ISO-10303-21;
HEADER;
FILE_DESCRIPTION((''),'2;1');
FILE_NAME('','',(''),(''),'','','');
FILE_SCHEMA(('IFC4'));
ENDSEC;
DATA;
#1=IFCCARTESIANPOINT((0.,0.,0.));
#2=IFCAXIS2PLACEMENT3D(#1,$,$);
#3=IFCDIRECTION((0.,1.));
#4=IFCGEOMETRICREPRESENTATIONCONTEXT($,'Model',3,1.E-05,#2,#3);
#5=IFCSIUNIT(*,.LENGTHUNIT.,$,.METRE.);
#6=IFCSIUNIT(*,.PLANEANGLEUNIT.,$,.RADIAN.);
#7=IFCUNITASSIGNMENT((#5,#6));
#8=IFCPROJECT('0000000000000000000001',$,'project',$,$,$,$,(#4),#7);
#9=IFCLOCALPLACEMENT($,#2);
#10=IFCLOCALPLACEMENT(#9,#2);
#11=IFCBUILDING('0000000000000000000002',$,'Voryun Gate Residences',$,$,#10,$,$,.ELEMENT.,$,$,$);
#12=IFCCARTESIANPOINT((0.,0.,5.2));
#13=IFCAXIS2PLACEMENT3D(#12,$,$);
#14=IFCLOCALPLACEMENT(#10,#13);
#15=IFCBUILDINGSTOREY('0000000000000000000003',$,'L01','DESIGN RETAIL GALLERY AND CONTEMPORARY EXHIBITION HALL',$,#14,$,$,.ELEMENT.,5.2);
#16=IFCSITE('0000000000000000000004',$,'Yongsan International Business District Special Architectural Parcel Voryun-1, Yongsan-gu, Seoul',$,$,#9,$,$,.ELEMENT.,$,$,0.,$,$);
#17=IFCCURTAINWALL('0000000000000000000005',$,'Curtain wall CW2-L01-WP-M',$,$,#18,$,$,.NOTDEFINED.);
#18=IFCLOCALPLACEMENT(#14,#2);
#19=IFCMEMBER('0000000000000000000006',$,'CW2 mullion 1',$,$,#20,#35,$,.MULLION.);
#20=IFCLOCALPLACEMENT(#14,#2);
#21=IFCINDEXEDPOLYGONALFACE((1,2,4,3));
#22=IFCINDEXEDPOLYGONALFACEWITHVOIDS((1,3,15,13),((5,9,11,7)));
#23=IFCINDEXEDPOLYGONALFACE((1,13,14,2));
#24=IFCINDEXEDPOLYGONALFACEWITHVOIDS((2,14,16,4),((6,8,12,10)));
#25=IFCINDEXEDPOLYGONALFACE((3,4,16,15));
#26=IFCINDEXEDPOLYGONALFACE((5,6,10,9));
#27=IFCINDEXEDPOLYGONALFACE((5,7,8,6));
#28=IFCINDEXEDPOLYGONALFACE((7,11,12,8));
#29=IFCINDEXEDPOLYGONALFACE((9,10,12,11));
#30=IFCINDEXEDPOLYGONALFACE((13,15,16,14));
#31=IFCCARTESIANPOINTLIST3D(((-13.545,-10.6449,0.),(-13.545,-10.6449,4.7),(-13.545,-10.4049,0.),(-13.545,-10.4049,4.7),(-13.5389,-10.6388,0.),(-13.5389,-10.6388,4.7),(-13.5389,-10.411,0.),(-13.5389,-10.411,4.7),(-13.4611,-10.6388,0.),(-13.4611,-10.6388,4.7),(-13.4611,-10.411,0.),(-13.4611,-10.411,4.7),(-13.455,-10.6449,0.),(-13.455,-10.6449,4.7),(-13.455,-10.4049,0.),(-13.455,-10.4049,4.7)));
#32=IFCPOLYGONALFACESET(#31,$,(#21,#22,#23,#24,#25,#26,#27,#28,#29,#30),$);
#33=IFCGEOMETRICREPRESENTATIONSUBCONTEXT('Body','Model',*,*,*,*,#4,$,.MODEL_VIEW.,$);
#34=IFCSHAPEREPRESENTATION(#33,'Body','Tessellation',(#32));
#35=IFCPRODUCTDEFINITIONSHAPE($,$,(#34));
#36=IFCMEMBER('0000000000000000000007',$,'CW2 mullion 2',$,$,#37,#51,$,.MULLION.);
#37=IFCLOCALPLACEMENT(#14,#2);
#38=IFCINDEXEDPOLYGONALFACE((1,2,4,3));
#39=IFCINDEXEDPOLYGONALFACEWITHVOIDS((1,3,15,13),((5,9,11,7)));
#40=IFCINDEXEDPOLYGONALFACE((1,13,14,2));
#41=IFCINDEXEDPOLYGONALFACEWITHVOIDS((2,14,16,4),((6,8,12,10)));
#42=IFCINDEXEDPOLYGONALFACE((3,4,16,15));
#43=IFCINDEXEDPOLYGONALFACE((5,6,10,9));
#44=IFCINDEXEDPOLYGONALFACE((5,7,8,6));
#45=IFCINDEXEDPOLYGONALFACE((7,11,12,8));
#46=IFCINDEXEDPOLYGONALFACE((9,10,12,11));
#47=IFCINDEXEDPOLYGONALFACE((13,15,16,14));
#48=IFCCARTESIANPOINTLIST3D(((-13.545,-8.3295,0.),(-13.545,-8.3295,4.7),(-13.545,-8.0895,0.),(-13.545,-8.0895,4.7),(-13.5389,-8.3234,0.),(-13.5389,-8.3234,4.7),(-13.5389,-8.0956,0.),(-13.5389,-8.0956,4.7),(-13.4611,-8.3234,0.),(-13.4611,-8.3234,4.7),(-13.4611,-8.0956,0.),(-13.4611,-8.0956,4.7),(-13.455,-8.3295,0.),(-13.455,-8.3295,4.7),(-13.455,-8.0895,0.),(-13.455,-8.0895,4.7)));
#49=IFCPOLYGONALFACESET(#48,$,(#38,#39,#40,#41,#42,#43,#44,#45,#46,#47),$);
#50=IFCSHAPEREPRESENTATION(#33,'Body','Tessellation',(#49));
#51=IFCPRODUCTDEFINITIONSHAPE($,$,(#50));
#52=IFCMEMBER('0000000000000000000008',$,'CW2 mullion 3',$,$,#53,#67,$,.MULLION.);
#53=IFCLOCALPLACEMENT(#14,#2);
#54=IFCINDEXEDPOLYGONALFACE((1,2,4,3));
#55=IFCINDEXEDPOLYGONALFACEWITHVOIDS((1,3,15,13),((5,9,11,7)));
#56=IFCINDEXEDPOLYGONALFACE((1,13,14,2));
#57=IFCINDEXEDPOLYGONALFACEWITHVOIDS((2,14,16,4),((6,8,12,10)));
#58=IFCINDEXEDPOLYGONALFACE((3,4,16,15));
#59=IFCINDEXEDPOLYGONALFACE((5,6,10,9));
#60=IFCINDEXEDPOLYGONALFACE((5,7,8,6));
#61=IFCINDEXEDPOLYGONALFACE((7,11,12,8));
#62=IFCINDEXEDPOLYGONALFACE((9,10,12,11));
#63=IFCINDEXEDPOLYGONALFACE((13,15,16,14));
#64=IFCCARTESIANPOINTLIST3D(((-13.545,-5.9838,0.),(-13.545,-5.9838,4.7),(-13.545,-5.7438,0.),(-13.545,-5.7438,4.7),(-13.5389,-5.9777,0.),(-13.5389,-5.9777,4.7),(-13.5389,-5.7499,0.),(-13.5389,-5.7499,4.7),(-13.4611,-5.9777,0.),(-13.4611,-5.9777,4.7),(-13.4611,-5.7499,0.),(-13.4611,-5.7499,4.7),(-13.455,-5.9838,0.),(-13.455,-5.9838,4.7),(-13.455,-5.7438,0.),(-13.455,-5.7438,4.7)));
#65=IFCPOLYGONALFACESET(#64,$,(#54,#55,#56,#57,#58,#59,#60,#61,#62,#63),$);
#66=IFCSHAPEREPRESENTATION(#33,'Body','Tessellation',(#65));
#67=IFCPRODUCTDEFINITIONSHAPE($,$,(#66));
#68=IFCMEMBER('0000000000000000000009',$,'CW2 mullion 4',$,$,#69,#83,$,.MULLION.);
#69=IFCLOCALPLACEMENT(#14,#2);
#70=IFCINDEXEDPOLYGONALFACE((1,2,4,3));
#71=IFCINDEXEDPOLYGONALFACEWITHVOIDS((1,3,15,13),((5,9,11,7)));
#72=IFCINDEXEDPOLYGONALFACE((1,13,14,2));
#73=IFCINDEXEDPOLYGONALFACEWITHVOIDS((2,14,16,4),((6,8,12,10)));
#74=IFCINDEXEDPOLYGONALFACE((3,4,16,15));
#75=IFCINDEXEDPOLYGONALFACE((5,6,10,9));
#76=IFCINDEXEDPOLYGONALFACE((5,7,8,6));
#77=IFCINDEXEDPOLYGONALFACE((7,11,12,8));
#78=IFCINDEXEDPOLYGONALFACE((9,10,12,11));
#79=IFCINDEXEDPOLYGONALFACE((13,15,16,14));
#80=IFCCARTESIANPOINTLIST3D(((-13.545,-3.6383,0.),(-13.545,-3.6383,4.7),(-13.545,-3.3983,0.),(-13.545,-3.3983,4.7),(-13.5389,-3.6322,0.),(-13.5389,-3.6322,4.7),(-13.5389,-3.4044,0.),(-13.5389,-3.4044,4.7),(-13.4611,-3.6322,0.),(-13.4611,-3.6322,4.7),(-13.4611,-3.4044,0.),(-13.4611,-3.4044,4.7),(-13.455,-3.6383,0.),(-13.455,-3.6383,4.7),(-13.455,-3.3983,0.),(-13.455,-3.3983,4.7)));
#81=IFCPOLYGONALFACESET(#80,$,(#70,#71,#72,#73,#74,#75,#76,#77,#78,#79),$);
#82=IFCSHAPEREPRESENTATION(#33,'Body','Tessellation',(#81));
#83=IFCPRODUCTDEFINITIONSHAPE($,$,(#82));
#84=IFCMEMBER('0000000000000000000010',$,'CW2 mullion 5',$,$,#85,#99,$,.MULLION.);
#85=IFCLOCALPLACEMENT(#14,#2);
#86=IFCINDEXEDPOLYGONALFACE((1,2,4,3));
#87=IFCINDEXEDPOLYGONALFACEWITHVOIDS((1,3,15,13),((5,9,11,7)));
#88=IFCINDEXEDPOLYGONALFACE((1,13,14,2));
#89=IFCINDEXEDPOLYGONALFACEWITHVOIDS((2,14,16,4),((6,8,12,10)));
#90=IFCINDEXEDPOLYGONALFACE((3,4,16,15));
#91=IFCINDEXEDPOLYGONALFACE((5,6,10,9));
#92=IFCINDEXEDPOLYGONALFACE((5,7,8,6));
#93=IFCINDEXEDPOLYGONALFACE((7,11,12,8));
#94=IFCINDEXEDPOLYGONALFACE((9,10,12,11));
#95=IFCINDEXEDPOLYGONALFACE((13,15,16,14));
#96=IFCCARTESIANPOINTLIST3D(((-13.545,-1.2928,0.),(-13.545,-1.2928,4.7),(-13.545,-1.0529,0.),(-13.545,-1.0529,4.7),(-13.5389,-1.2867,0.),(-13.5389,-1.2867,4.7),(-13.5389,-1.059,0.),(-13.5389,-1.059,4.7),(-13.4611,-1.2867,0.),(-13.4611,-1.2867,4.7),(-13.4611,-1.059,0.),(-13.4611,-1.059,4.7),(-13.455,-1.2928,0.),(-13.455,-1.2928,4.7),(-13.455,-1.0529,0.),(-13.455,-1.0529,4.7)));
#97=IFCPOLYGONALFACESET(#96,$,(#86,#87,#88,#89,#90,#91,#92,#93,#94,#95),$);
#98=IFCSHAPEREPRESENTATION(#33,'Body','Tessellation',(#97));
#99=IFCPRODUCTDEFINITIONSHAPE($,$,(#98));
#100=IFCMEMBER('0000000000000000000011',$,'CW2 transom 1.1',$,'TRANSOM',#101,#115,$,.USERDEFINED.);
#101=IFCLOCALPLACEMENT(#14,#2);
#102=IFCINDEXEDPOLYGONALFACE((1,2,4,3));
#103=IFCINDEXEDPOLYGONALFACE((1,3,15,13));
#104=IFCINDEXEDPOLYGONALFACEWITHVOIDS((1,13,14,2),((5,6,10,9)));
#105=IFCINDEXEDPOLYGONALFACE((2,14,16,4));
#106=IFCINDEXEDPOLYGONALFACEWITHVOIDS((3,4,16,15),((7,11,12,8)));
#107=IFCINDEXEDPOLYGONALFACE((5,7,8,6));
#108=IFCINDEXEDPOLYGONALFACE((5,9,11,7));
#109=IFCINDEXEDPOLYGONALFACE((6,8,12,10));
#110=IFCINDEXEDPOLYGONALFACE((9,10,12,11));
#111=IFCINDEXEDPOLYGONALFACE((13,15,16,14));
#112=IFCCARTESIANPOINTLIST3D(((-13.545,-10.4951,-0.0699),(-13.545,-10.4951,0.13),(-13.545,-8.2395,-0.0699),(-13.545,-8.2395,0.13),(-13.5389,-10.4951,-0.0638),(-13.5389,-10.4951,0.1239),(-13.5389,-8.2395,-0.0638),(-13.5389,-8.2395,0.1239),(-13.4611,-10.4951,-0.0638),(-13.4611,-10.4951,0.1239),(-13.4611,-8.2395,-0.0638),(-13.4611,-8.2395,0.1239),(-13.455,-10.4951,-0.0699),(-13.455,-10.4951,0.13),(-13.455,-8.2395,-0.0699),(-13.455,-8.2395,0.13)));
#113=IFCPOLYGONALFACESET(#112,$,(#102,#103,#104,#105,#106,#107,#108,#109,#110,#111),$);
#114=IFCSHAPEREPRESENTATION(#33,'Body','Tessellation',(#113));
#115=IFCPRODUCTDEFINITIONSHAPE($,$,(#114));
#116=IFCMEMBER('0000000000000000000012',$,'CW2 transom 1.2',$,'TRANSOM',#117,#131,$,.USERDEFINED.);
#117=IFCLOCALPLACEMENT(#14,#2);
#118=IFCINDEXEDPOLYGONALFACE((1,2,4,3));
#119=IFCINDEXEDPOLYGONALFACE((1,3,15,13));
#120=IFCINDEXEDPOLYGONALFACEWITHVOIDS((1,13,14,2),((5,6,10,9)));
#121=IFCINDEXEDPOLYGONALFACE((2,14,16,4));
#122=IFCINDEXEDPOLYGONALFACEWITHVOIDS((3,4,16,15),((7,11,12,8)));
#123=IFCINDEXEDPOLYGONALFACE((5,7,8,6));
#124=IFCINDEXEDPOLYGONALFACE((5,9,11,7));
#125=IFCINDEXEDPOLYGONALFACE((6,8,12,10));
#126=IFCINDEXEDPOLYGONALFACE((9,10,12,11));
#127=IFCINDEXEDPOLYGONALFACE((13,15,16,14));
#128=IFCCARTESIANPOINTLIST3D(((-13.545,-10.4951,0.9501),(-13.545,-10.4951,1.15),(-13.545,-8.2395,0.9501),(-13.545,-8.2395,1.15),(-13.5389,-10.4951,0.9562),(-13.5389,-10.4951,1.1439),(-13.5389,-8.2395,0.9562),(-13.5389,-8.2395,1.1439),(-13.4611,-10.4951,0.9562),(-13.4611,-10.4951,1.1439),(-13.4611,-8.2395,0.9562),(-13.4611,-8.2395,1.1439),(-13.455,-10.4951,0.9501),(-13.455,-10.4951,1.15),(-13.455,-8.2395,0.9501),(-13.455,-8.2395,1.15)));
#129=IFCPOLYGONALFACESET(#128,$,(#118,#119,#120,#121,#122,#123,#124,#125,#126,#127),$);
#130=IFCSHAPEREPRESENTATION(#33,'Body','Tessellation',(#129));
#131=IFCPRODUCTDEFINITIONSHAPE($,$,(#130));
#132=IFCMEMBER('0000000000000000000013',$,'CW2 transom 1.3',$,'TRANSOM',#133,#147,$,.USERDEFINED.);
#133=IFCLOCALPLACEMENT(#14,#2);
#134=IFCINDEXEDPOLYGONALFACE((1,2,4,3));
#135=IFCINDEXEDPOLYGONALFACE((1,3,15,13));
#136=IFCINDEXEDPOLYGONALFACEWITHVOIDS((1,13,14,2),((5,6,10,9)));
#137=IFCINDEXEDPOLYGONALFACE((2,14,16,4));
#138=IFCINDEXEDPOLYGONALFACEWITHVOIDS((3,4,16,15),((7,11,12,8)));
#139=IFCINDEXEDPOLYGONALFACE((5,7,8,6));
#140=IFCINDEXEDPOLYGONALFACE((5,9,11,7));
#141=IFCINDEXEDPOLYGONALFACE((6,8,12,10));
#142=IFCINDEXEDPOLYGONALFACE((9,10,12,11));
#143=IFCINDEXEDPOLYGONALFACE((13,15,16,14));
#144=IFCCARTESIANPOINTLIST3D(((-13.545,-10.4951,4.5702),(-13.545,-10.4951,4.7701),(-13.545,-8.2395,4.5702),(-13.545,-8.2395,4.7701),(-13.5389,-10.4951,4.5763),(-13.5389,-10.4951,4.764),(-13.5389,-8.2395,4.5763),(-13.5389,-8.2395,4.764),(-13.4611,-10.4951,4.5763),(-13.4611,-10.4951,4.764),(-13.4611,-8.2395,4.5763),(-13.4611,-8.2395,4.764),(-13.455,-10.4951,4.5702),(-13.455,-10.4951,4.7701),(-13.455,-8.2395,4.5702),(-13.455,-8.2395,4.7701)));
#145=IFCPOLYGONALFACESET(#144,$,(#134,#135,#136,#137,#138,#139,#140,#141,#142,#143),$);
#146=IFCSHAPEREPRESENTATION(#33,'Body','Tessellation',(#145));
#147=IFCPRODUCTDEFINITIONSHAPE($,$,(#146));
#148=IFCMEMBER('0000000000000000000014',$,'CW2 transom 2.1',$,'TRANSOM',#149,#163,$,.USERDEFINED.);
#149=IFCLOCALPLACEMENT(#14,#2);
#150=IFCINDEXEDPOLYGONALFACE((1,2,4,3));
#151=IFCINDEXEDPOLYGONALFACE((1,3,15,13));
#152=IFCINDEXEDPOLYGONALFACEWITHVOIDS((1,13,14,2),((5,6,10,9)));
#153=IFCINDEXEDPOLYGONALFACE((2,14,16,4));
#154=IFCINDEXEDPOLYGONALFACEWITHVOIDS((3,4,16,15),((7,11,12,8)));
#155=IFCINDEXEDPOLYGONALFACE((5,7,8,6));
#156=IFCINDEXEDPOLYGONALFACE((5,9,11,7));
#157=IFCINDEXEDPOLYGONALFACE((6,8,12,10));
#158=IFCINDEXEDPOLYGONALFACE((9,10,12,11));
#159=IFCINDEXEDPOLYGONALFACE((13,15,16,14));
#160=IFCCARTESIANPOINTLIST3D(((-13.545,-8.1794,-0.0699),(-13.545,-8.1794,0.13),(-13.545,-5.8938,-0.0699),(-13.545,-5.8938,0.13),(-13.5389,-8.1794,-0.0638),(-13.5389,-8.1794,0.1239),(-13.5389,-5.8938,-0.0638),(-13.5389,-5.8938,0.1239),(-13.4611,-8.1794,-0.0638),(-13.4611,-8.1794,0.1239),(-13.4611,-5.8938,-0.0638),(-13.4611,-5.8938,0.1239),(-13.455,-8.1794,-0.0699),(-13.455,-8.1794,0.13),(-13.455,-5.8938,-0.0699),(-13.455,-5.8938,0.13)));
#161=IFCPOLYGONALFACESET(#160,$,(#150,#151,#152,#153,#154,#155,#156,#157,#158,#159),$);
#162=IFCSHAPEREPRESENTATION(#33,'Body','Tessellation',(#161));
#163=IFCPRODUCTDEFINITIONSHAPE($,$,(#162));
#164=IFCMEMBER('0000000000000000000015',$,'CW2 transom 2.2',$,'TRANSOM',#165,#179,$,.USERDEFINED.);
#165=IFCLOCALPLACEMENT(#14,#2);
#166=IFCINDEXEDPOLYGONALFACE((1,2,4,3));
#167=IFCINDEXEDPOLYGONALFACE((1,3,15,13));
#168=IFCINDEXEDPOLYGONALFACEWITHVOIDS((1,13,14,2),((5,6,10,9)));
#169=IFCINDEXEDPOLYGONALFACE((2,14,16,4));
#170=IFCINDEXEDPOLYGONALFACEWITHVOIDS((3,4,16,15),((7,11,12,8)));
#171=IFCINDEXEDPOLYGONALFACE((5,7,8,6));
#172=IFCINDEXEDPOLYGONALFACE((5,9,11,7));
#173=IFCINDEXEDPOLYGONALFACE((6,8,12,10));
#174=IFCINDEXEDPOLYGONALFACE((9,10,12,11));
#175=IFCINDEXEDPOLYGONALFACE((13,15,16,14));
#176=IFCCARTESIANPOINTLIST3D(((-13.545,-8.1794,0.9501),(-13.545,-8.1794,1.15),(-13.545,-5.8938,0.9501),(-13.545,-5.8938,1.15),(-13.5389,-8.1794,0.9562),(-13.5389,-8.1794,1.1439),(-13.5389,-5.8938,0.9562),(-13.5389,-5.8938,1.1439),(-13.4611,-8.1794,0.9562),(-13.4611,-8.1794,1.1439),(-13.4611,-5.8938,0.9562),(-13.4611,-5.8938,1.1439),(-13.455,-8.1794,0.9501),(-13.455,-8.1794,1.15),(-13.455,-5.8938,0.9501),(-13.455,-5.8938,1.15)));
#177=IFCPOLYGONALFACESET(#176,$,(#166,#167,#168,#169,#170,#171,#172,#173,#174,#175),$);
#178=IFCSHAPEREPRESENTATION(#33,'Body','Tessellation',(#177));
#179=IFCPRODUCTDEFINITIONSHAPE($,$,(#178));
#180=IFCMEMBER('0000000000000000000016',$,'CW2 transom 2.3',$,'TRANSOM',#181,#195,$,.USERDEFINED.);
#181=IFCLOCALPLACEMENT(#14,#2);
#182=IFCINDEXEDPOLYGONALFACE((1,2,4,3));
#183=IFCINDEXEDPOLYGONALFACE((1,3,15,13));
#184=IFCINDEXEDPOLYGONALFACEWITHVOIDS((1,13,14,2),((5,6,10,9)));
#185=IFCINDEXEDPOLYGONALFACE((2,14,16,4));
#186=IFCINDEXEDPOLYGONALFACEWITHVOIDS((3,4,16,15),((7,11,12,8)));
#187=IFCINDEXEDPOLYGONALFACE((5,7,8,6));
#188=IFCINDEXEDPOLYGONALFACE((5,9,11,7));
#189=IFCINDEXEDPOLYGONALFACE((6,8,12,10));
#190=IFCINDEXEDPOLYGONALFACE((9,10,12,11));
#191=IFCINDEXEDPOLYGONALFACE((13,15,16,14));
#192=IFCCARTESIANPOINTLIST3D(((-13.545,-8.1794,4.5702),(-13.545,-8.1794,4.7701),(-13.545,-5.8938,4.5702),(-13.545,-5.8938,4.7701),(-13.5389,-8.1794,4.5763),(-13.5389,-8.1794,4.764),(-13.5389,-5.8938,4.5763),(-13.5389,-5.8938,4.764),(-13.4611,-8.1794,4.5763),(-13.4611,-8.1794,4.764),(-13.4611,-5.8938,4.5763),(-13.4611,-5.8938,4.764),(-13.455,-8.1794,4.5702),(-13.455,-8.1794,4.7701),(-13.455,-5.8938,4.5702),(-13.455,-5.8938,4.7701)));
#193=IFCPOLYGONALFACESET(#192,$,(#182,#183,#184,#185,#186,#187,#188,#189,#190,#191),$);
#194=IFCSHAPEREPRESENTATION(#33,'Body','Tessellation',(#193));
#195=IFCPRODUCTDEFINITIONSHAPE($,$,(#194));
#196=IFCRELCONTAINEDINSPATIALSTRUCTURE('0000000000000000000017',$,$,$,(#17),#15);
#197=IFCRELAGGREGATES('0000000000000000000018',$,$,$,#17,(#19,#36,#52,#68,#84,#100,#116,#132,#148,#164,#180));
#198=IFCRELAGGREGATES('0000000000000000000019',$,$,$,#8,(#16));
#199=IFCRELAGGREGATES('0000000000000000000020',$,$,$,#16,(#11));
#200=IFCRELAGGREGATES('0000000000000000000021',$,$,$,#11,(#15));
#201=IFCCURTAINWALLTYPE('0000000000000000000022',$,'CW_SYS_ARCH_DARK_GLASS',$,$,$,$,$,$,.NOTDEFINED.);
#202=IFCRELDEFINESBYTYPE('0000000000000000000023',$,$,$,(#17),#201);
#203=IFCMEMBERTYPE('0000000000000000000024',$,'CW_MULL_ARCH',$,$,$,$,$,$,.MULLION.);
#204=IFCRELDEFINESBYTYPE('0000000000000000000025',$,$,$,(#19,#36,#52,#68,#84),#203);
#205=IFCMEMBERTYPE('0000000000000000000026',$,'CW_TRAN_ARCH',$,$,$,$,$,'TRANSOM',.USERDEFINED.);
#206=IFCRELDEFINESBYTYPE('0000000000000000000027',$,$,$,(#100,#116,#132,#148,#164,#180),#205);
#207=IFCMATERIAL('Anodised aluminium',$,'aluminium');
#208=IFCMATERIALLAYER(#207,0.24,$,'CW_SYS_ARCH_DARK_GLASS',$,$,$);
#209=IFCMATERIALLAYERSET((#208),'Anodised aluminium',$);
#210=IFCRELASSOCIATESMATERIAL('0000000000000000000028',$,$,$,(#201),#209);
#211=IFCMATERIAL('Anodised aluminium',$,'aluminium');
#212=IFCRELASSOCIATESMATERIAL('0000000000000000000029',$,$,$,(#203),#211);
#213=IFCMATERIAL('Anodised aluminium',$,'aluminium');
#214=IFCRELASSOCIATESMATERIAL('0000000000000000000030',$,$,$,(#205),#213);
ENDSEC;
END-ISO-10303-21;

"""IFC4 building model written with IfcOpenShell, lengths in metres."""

from ifc_helpers import new_model, si_unit, direction, frame, origin, origin_2d, place, context, subcontext, project, spatial, hollow_rectangle, extrude, material, layer, layer_set, material_profile, profile_set, type_object, element, aggregate, save


model = new_model("IFC4")

# Units and contexts
model_context = context("Model", 3, precision=1e-05, world=origin(), true_north=direction((0.0, 1.0)))
body_context = subcontext(model_context, "Body", "Model", "MODEL_VIEW")
ifc_project = project(units=[si_unit("LENGTHUNIT", "METRE"), si_unit("PLANEANGLEUNIT", "RADIAN")], contexts=[model_context])

# Site, building, storey
site_placement = place(None, origin())
site = spatial("IfcSite", under=ifc_project, at=site_placement, Name="Yongsan International Business District Special Architectural Parcel Voryun-1, Yongsan-gu, Seoul", CompositionType="ELEMENT", RefElevation=0.0)
building_placement = place(site_placement, origin())
building = spatial("IfcBuilding", under=site, at=building_placement, Name="Voryun Gate Residences", CompositionType="ELEMENT")
storey_placement = place(building_placement, frame((0.0, 0.0, 5.2)))
storey = spatial("IfcBuildingStorey", under=building, at=storey_placement, Name="L01", Description="DESIGN RETAIL GALLERY AND CONTEMPORARY EXHIBITION HALL", CompositionType="ELEMENT", Elevation=5.2)

# Curtain wall, members
ifc_material_1 = material(Name="Anodised aluminium", Category="aluminium")
ifc_layer_1 = layer(ifc_material_1, 0.24, Name="CW_SYS_ARCH_DARK_GLASS")
ifc_layer_set_1 = layer_set([ifc_layer_1], Name="Anodised aluminium")
curtain_wall_type = type_object("IfcCurtainWallType", Name="CW_SYS_ARCH_DARK_GLASS", PredefinedType="NOTDEFINED", material=ifc_layer_set_1)
curtain_wall_1_placement = place(storey_placement, origin())
curtain_wall_1 = element("IfcCurtainWall", 1, at=curtain_wall_1_placement, inside=storey, type_object=curtain_wall_type, Name="Curtain wall CW2-L01-WP-M", PredefinedType="NOTDEFINED")
ifc_material_2 = material(Name="Anodised aluminium", Category="aluminium")
ifc_material_profile_1 = material_profile(ifc_material_2, hollow_rectangle(XDim=0.0901, YDim=0.24, WallThickness=0.0061, at=origin_2d()), Name="ALU-MULL-240x90x6")
ifc_profile_set_1 = profile_set([ifc_material_profile_1], Name="Anodised aluminium")
member_type_1 = type_object("IfcMemberType", Name="CW_MULL_ARCH", PredefinedType="MULLION", material=ifc_profile_set_1)
member_1_placement = place(storey_placement, frame((-13.5, -10.5249, 0.0), z_axis=(0.0, 0.0, 1.0), x_axis=(-1.0, 0.0, 0.0)))
member_1 = element("IfcMember", 2, at=member_1_placement, type_object=member_type_1, Name="CW2 mullion 1", PredefinedType="MULLION", context=body_context, shape_type="SweptSolid", body=[
    extrude(hollow_rectangle(XDim=0.0901, YDim=0.24, WallThickness=0.0061, at=origin_2d()), origin(), (0.0, 0.0, 1.0), 4.7),
])
member_2_placement = place(storey_placement, frame((-13.5, -8.2095, 0.0), z_axis=(0.0, 0.0, 1.0), x_axis=(-1.0, 0.0, 0.0)))
member_2 = element("IfcMember", 3, at=member_2_placement, type_object=member_type_1, Name="CW2 mullion 2", PredefinedType="MULLION", context=body_context, shape_type="SweptSolid", body=[
    extrude(hollow_rectangle(XDim=0.0901, YDim=0.24, WallThickness=0.0061, at=origin_2d()), origin(), (0.0, 0.0, 1.0), 4.7),
])
member_3_placement = place(storey_placement, frame((-13.5, -5.8638, 0.0), z_axis=(0.0, 0.0, 1.0), x_axis=(-1.0, 0.0, 0.0)))
member_3 = element("IfcMember", 4, at=member_3_placement, type_object=member_type_1, Name="CW2 mullion 3", PredefinedType="MULLION", context=body_context, shape_type="SweptSolid", body=[
    extrude(hollow_rectangle(XDim=0.0901, YDim=0.24, WallThickness=0.0061, at=origin_2d()), origin(), (0.0, 0.0, 1.0), 4.7),
])
member_4_placement = place(storey_placement, frame((-13.5, -3.5183, 0.0), z_axis=(0.0, 0.0, 1.0), x_axis=(-1.0, 0.0, 0.0)))
member_4 = element("IfcMember", 5, at=member_4_placement, type_object=member_type_1, Name="CW2 mullion 4", PredefinedType="MULLION", context=body_context, shape_type="SweptSolid", body=[
    extrude(hollow_rectangle(XDim=0.0901, YDim=0.24, WallThickness=0.0061, at=origin_2d()), origin(), (0.0, 0.0, 1.0), 4.7),
])
member_5_placement = place(storey_placement, frame((-13.5, -1.1729, 0.0), z_axis=(0.0, 0.0, 1.0), x_axis=(-1.0, 0.0, 0.0)))
member_5 = element("IfcMember", 6, at=member_5_placement, type_object=member_type_1, Name="CW2 mullion 5", PredefinedType="MULLION", context=body_context, shape_type="SweptSolid", body=[
    extrude(hollow_rectangle(XDim=0.0901, YDim=0.24, WallThickness=0.0061, at=origin_2d()), origin(), (0.0, 0.0, 1.0), 4.7),
])
ifc_material_3 = material(Name="Anodised aluminium", Category="aluminium")
ifc_material_profile_2 = material_profile(ifc_material_3, hollow_rectangle(XDim=0.0901, YDim=0.2, WallThickness=0.0061, at=origin_2d()), Name="ALU-TRAN-200x90x6")
ifc_profile_set_2 = profile_set([ifc_material_profile_2], Name="Anodised aluminium")
member_type_2 = type_object("IfcMemberType", Name="CW_TRAN_ARCH", ElementType="TRANSOM", PredefinedType="USERDEFINED", material=ifc_profile_set_2)
member_6_placement = place(storey_placement, frame((-13.5, -10.4951, 0.03), z_axis=(0.0, 1.0, 0.0), x_axis=(-1.0, 0.0, 0.0)))
member_6 = element("IfcMember", 7, at=member_6_placement, type_object=member_type_2, Name="CW2 transom 1.1", ObjectType="TRANSOM", PredefinedType="USERDEFINED", context=body_context, shape_type="SweptSolid", body=[
    extrude(hollow_rectangle(XDim=0.0901, YDim=0.2, WallThickness=0.0061, at=origin_2d()), origin(), (0.0, 0.0, 1.0), 2.2556),
])
member_7_placement = place(storey_placement, frame((-13.5, -10.4951, 1.05), z_axis=(0.0, 1.0, 0.0), x_axis=(-1.0, 0.0, 0.0)))
member_7 = element("IfcMember", 8, at=member_7_placement, type_object=member_type_2, Name="CW2 transom 1.2", ObjectType="TRANSOM", PredefinedType="USERDEFINED", context=body_context, shape_type="SweptSolid", body=[
    extrude(hollow_rectangle(XDim=0.0901, YDim=0.2, WallThickness=0.0061, at=origin_2d()), origin(), (0.0, 0.0, 1.0), 2.2556),
])
member_8_placement = place(storey_placement, frame((-13.5, -10.4951, 4.6702), z_axis=(0.0, 1.0, 0.0), x_axis=(-1.0, 0.0, 0.0)))
member_8 = element("IfcMember", 9, at=member_8_placement, type_object=member_type_2, Name="CW2 transom 1.3", ObjectType="TRANSOM", PredefinedType="USERDEFINED", context=body_context, shape_type="SweptSolid", body=[
    extrude(hollow_rectangle(XDim=0.0901, YDim=0.2, WallThickness=0.0061, at=origin_2d()), origin(), (0.0, 0.0, 1.0), 2.2556),
])
member_9_placement = place(storey_placement, frame((-13.5, -8.1794, 0.03), z_axis=(0.0, 1.0, 0.0), x_axis=(-1.0, 0.0, 0.0)))
member_9 = element("IfcMember", 10, at=member_9_placement, type_object=member_type_2, Name="CW2 transom 2.1", ObjectType="TRANSOM", PredefinedType="USERDEFINED", context=body_context, shape_type="SweptSolid", body=[
    extrude(hollow_rectangle(XDim=0.0901, YDim=0.2, WallThickness=0.0061, at=origin_2d()), origin(), (0.0, 0.0, 1.0), 2.2856),
])
member_10_placement = place(storey_placement, frame((-13.5, -8.1794, 1.05), z_axis=(0.0, 1.0, 0.0), x_axis=(-1.0, 0.0, 0.0)))
member_10 = element("IfcMember", 11, at=member_10_placement, type_object=member_type_2, Name="CW2 transom 2.2", ObjectType="TRANSOM", PredefinedType="USERDEFINED", context=body_context, shape_type="SweptSolid", body=[
    extrude(hollow_rectangle(XDim=0.0901, YDim=0.2, WallThickness=0.0061, at=origin_2d()), origin(), (0.0, 0.0, 1.0), 2.2856),
])
member_11_placement = place(storey_placement, frame((-13.5, -8.1794, 4.6702), z_axis=(0.0, 1.0, 0.0), x_axis=(-1.0, 0.0, 0.0)))
member_11 = element("IfcMember", 12, at=member_11_placement, type_object=member_type_2, Name="CW2 transom 2.3", ObjectType="TRANSOM", PredefinedType="USERDEFINED", context=body_context, shape_type="SweptSolid", body=[
    extrude(hollow_rectangle(XDim=0.0901, YDim=0.2, WallThickness=0.0061, at=origin_2d()), origin(), (0.0, 0.0, 1.0), 2.2856),
])

aggregate(curtain_wall_1, [member_1, member_2, member_3, member_4, member_5, member_6, member_7, member_8, member_9, member_10, member_11])

save(model, "model.ifc")
